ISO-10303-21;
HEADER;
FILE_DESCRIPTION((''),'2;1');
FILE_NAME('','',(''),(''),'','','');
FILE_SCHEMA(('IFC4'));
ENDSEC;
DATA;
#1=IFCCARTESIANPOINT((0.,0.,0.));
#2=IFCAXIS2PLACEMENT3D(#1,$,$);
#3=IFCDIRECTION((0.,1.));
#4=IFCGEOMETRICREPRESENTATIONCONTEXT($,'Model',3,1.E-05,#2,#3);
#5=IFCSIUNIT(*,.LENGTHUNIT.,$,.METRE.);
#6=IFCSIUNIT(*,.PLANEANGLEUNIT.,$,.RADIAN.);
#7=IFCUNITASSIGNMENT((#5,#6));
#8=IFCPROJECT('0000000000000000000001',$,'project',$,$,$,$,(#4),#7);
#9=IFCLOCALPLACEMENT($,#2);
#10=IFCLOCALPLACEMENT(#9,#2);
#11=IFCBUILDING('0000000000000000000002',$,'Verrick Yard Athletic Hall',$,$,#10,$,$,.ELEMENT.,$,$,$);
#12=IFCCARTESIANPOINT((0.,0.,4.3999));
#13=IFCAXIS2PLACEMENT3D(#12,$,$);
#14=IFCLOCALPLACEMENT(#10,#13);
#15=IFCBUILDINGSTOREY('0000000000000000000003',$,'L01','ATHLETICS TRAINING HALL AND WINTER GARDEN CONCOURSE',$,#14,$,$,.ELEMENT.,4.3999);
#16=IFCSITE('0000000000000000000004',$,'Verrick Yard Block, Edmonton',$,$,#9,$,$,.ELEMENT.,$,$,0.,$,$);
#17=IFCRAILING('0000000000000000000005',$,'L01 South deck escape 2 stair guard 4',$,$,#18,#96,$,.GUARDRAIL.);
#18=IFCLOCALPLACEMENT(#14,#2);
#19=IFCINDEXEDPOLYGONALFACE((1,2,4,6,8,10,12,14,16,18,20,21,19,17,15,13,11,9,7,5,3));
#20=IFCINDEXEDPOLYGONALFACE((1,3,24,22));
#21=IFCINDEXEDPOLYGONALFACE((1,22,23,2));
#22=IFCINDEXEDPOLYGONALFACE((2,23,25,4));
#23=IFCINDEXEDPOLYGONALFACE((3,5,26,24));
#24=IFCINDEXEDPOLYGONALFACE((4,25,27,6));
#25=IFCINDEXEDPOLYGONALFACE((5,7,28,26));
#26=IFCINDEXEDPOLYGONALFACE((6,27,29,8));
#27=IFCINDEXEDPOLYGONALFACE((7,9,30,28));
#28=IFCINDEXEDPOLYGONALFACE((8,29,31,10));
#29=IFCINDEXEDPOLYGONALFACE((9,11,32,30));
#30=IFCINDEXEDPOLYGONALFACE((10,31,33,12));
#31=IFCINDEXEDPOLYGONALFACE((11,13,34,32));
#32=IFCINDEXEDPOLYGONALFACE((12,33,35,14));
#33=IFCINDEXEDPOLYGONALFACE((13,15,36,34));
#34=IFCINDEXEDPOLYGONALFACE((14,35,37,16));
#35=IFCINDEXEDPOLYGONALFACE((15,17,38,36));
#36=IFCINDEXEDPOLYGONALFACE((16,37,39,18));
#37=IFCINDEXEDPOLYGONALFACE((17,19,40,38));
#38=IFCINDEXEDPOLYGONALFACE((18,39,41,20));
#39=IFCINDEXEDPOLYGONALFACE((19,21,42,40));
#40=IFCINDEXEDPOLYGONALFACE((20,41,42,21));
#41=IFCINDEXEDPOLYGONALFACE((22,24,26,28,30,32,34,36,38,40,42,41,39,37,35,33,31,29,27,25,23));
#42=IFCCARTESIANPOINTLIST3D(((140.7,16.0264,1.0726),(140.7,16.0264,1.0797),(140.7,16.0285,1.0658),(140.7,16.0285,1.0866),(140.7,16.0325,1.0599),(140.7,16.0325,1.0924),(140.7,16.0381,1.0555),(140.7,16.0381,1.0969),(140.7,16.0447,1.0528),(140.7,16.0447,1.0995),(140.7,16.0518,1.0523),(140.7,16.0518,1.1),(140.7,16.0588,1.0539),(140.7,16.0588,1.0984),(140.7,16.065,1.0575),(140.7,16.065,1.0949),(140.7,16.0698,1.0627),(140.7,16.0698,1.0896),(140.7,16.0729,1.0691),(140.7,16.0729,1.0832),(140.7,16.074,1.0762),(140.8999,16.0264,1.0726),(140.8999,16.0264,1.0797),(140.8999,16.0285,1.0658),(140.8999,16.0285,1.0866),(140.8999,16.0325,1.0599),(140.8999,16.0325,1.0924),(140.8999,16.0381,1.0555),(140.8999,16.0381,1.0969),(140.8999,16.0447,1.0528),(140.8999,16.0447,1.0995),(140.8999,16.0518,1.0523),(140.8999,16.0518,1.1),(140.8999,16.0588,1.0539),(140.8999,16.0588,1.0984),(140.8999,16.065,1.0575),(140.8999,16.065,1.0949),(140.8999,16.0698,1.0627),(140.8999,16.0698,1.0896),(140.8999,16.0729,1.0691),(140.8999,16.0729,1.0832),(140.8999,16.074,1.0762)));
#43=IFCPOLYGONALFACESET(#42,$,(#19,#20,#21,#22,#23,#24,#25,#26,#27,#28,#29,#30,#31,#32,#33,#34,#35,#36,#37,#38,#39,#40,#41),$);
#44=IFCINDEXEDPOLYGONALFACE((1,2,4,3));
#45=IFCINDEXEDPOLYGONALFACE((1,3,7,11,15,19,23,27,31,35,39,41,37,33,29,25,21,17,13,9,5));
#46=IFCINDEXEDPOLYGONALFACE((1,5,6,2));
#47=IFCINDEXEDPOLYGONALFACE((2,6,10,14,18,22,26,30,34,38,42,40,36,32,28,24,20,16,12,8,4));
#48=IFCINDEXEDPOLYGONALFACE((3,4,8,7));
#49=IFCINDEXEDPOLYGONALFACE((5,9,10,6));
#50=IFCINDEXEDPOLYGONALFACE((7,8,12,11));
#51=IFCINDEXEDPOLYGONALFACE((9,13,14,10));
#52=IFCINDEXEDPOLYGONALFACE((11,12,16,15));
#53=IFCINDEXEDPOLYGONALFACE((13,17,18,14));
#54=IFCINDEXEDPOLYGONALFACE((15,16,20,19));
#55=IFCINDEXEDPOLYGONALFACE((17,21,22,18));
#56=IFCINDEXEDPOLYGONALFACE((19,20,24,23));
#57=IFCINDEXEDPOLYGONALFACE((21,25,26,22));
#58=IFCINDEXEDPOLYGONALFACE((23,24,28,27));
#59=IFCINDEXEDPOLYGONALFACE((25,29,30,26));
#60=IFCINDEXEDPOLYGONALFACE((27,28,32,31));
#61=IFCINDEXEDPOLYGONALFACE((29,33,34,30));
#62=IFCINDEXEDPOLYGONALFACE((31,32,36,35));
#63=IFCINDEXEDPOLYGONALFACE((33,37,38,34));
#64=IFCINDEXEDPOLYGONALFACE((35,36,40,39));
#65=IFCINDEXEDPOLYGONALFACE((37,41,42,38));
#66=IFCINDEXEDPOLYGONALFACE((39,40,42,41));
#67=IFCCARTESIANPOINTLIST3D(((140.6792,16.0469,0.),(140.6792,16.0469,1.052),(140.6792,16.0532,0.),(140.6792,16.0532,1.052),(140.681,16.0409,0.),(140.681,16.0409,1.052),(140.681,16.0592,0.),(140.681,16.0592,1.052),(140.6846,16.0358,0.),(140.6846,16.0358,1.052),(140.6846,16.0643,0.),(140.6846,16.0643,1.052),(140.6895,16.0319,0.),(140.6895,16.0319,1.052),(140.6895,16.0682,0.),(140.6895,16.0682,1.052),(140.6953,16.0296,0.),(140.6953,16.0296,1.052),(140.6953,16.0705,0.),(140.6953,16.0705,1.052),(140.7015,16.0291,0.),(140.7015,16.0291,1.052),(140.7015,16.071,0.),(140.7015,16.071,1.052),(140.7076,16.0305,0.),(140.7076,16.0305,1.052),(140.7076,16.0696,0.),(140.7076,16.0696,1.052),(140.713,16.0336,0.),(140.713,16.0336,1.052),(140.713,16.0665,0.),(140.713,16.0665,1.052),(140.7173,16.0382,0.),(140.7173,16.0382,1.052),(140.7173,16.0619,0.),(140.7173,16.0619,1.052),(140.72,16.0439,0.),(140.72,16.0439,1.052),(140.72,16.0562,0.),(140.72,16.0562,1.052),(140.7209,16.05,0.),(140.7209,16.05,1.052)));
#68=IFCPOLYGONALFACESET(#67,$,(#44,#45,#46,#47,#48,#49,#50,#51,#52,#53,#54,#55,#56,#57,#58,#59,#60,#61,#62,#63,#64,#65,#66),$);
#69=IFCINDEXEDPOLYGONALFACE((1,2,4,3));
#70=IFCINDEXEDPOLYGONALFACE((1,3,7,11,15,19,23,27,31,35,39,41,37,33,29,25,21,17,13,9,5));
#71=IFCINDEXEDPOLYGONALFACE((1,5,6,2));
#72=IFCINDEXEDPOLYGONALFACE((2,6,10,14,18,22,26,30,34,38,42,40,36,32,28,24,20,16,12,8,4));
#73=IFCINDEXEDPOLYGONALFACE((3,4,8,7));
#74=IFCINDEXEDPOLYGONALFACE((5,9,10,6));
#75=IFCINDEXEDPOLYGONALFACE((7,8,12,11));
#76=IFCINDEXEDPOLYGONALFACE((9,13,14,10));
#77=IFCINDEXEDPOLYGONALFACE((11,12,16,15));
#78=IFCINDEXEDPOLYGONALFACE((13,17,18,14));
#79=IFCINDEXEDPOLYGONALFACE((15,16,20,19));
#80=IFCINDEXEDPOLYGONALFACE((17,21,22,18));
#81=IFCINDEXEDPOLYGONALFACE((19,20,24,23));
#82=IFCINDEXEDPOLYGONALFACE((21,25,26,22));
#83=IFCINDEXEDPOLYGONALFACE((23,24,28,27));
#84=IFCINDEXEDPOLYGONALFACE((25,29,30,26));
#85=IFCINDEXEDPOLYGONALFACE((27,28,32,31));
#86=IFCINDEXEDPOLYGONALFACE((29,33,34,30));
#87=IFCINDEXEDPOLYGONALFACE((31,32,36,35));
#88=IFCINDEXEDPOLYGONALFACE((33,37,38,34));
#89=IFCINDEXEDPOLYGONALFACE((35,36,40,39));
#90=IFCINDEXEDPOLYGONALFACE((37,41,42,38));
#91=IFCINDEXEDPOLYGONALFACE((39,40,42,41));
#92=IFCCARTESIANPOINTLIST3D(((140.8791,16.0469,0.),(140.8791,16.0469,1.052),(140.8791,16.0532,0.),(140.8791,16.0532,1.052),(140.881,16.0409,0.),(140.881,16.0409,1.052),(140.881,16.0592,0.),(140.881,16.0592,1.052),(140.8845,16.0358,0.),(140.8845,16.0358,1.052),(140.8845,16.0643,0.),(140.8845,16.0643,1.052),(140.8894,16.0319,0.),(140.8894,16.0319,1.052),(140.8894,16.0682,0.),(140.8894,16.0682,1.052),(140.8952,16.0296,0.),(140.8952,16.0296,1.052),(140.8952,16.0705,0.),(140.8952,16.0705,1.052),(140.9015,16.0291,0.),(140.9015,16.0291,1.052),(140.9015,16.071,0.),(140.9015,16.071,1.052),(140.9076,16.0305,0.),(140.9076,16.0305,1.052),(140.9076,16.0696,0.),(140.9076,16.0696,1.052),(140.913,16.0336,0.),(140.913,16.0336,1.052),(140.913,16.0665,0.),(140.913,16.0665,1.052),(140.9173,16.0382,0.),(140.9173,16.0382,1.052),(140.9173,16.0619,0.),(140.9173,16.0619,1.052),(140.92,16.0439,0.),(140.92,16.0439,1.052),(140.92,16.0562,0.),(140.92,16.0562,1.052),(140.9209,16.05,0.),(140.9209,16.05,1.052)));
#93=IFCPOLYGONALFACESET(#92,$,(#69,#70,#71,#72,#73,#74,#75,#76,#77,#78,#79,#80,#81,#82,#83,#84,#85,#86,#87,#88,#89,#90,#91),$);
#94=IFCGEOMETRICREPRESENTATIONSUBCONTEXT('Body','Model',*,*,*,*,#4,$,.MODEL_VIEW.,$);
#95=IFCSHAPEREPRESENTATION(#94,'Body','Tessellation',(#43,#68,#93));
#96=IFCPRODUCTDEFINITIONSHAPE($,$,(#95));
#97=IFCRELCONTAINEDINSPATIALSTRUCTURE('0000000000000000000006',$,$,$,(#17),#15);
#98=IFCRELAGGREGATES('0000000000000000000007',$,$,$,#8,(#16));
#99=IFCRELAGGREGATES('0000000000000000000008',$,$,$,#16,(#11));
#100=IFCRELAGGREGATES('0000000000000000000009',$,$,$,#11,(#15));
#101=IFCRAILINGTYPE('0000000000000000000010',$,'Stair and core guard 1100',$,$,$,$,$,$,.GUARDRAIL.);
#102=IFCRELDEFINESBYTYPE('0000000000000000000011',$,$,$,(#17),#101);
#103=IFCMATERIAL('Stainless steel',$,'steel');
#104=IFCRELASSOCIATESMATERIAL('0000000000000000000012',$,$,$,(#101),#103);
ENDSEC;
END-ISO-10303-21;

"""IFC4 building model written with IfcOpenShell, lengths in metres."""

from ifc_helpers import new_model, si_unit, direction, frame, origin, origin_2d, place, context, subcontext, project, spatial, circle, extrude, material, type_object, element, save


model = new_model("IFC4")

# Units and contexts
model_context = context("Model", 3, precision=1e-05, world=origin(), true_north=direction((0.0, 1.0)))
body_context = subcontext(model_context, "Body", "Model", "MODEL_VIEW")
ifc_project = project(units=[si_unit("LENGTHUNIT", "METRE"), si_unit("PLANEANGLEUNIT", "RADIAN")], contexts=[model_context])

# Site, building, storey
site_placement = place(None, origin())
site = spatial("IfcSite", under=ifc_project, at=site_placement, Name="Verrick Yard Block, Edmonton", CompositionType="ELEMENT", RefElevation=0.0)
building_placement = place(site_placement, origin())
building = spatial("IfcBuilding", under=site, at=building_placement, Name="Verrick Yard Athletic Hall", CompositionType="ELEMENT")
storey_placement = place(building_placement, frame((0.0, 0.0, 4.3999)))
storey = spatial("IfcBuildingStorey", under=building, at=storey_placement, Name="L01", Description="ATHLETICS TRAINING HALL AND WINTER GARDEN CONCOURSE", CompositionType="ELEMENT", Elevation=4.3999)

# Railing
ifc_material_1 = material(Name="Stainless steel", Category="steel")
railing_type = type_object("IfcRailingType", Name="Stair and core guard 1100", PredefinedType="GUARDRAIL", material=ifc_material_1)
railing_1_placement = place(storey_placement, frame((140.7, 16.05, 0.0)))
element("IfcRailing", 1, at=railing_1_placement, inside=storey, type_object=railing_type, Name="L01 South deck escape 2 stair guard 4", PredefinedType="GUARDRAIL", context=body_context, shape_type="SweptSolid", body=[
    extrude(circle(Radius=0.0239, at=origin_2d()), frame((0.0, 0.0, 1.0762), z_axis=(1.0, 0.0, 0.0), x_axis=(0.0, 1.0, 0.0)), (0.0, 0.0, 1.0), 0.2),
    extrude(circle(Radius=0.021, at=origin_2d()), origin(), (0.0, 0.0, 1.0), 1.052),
    extrude(circle(Radius=0.021, at=origin_2d()), frame((0.2, 0.0, 0.0)), (0.0, 0.0, 1.0), 1.052),
])

save(model, "model.ifc")
